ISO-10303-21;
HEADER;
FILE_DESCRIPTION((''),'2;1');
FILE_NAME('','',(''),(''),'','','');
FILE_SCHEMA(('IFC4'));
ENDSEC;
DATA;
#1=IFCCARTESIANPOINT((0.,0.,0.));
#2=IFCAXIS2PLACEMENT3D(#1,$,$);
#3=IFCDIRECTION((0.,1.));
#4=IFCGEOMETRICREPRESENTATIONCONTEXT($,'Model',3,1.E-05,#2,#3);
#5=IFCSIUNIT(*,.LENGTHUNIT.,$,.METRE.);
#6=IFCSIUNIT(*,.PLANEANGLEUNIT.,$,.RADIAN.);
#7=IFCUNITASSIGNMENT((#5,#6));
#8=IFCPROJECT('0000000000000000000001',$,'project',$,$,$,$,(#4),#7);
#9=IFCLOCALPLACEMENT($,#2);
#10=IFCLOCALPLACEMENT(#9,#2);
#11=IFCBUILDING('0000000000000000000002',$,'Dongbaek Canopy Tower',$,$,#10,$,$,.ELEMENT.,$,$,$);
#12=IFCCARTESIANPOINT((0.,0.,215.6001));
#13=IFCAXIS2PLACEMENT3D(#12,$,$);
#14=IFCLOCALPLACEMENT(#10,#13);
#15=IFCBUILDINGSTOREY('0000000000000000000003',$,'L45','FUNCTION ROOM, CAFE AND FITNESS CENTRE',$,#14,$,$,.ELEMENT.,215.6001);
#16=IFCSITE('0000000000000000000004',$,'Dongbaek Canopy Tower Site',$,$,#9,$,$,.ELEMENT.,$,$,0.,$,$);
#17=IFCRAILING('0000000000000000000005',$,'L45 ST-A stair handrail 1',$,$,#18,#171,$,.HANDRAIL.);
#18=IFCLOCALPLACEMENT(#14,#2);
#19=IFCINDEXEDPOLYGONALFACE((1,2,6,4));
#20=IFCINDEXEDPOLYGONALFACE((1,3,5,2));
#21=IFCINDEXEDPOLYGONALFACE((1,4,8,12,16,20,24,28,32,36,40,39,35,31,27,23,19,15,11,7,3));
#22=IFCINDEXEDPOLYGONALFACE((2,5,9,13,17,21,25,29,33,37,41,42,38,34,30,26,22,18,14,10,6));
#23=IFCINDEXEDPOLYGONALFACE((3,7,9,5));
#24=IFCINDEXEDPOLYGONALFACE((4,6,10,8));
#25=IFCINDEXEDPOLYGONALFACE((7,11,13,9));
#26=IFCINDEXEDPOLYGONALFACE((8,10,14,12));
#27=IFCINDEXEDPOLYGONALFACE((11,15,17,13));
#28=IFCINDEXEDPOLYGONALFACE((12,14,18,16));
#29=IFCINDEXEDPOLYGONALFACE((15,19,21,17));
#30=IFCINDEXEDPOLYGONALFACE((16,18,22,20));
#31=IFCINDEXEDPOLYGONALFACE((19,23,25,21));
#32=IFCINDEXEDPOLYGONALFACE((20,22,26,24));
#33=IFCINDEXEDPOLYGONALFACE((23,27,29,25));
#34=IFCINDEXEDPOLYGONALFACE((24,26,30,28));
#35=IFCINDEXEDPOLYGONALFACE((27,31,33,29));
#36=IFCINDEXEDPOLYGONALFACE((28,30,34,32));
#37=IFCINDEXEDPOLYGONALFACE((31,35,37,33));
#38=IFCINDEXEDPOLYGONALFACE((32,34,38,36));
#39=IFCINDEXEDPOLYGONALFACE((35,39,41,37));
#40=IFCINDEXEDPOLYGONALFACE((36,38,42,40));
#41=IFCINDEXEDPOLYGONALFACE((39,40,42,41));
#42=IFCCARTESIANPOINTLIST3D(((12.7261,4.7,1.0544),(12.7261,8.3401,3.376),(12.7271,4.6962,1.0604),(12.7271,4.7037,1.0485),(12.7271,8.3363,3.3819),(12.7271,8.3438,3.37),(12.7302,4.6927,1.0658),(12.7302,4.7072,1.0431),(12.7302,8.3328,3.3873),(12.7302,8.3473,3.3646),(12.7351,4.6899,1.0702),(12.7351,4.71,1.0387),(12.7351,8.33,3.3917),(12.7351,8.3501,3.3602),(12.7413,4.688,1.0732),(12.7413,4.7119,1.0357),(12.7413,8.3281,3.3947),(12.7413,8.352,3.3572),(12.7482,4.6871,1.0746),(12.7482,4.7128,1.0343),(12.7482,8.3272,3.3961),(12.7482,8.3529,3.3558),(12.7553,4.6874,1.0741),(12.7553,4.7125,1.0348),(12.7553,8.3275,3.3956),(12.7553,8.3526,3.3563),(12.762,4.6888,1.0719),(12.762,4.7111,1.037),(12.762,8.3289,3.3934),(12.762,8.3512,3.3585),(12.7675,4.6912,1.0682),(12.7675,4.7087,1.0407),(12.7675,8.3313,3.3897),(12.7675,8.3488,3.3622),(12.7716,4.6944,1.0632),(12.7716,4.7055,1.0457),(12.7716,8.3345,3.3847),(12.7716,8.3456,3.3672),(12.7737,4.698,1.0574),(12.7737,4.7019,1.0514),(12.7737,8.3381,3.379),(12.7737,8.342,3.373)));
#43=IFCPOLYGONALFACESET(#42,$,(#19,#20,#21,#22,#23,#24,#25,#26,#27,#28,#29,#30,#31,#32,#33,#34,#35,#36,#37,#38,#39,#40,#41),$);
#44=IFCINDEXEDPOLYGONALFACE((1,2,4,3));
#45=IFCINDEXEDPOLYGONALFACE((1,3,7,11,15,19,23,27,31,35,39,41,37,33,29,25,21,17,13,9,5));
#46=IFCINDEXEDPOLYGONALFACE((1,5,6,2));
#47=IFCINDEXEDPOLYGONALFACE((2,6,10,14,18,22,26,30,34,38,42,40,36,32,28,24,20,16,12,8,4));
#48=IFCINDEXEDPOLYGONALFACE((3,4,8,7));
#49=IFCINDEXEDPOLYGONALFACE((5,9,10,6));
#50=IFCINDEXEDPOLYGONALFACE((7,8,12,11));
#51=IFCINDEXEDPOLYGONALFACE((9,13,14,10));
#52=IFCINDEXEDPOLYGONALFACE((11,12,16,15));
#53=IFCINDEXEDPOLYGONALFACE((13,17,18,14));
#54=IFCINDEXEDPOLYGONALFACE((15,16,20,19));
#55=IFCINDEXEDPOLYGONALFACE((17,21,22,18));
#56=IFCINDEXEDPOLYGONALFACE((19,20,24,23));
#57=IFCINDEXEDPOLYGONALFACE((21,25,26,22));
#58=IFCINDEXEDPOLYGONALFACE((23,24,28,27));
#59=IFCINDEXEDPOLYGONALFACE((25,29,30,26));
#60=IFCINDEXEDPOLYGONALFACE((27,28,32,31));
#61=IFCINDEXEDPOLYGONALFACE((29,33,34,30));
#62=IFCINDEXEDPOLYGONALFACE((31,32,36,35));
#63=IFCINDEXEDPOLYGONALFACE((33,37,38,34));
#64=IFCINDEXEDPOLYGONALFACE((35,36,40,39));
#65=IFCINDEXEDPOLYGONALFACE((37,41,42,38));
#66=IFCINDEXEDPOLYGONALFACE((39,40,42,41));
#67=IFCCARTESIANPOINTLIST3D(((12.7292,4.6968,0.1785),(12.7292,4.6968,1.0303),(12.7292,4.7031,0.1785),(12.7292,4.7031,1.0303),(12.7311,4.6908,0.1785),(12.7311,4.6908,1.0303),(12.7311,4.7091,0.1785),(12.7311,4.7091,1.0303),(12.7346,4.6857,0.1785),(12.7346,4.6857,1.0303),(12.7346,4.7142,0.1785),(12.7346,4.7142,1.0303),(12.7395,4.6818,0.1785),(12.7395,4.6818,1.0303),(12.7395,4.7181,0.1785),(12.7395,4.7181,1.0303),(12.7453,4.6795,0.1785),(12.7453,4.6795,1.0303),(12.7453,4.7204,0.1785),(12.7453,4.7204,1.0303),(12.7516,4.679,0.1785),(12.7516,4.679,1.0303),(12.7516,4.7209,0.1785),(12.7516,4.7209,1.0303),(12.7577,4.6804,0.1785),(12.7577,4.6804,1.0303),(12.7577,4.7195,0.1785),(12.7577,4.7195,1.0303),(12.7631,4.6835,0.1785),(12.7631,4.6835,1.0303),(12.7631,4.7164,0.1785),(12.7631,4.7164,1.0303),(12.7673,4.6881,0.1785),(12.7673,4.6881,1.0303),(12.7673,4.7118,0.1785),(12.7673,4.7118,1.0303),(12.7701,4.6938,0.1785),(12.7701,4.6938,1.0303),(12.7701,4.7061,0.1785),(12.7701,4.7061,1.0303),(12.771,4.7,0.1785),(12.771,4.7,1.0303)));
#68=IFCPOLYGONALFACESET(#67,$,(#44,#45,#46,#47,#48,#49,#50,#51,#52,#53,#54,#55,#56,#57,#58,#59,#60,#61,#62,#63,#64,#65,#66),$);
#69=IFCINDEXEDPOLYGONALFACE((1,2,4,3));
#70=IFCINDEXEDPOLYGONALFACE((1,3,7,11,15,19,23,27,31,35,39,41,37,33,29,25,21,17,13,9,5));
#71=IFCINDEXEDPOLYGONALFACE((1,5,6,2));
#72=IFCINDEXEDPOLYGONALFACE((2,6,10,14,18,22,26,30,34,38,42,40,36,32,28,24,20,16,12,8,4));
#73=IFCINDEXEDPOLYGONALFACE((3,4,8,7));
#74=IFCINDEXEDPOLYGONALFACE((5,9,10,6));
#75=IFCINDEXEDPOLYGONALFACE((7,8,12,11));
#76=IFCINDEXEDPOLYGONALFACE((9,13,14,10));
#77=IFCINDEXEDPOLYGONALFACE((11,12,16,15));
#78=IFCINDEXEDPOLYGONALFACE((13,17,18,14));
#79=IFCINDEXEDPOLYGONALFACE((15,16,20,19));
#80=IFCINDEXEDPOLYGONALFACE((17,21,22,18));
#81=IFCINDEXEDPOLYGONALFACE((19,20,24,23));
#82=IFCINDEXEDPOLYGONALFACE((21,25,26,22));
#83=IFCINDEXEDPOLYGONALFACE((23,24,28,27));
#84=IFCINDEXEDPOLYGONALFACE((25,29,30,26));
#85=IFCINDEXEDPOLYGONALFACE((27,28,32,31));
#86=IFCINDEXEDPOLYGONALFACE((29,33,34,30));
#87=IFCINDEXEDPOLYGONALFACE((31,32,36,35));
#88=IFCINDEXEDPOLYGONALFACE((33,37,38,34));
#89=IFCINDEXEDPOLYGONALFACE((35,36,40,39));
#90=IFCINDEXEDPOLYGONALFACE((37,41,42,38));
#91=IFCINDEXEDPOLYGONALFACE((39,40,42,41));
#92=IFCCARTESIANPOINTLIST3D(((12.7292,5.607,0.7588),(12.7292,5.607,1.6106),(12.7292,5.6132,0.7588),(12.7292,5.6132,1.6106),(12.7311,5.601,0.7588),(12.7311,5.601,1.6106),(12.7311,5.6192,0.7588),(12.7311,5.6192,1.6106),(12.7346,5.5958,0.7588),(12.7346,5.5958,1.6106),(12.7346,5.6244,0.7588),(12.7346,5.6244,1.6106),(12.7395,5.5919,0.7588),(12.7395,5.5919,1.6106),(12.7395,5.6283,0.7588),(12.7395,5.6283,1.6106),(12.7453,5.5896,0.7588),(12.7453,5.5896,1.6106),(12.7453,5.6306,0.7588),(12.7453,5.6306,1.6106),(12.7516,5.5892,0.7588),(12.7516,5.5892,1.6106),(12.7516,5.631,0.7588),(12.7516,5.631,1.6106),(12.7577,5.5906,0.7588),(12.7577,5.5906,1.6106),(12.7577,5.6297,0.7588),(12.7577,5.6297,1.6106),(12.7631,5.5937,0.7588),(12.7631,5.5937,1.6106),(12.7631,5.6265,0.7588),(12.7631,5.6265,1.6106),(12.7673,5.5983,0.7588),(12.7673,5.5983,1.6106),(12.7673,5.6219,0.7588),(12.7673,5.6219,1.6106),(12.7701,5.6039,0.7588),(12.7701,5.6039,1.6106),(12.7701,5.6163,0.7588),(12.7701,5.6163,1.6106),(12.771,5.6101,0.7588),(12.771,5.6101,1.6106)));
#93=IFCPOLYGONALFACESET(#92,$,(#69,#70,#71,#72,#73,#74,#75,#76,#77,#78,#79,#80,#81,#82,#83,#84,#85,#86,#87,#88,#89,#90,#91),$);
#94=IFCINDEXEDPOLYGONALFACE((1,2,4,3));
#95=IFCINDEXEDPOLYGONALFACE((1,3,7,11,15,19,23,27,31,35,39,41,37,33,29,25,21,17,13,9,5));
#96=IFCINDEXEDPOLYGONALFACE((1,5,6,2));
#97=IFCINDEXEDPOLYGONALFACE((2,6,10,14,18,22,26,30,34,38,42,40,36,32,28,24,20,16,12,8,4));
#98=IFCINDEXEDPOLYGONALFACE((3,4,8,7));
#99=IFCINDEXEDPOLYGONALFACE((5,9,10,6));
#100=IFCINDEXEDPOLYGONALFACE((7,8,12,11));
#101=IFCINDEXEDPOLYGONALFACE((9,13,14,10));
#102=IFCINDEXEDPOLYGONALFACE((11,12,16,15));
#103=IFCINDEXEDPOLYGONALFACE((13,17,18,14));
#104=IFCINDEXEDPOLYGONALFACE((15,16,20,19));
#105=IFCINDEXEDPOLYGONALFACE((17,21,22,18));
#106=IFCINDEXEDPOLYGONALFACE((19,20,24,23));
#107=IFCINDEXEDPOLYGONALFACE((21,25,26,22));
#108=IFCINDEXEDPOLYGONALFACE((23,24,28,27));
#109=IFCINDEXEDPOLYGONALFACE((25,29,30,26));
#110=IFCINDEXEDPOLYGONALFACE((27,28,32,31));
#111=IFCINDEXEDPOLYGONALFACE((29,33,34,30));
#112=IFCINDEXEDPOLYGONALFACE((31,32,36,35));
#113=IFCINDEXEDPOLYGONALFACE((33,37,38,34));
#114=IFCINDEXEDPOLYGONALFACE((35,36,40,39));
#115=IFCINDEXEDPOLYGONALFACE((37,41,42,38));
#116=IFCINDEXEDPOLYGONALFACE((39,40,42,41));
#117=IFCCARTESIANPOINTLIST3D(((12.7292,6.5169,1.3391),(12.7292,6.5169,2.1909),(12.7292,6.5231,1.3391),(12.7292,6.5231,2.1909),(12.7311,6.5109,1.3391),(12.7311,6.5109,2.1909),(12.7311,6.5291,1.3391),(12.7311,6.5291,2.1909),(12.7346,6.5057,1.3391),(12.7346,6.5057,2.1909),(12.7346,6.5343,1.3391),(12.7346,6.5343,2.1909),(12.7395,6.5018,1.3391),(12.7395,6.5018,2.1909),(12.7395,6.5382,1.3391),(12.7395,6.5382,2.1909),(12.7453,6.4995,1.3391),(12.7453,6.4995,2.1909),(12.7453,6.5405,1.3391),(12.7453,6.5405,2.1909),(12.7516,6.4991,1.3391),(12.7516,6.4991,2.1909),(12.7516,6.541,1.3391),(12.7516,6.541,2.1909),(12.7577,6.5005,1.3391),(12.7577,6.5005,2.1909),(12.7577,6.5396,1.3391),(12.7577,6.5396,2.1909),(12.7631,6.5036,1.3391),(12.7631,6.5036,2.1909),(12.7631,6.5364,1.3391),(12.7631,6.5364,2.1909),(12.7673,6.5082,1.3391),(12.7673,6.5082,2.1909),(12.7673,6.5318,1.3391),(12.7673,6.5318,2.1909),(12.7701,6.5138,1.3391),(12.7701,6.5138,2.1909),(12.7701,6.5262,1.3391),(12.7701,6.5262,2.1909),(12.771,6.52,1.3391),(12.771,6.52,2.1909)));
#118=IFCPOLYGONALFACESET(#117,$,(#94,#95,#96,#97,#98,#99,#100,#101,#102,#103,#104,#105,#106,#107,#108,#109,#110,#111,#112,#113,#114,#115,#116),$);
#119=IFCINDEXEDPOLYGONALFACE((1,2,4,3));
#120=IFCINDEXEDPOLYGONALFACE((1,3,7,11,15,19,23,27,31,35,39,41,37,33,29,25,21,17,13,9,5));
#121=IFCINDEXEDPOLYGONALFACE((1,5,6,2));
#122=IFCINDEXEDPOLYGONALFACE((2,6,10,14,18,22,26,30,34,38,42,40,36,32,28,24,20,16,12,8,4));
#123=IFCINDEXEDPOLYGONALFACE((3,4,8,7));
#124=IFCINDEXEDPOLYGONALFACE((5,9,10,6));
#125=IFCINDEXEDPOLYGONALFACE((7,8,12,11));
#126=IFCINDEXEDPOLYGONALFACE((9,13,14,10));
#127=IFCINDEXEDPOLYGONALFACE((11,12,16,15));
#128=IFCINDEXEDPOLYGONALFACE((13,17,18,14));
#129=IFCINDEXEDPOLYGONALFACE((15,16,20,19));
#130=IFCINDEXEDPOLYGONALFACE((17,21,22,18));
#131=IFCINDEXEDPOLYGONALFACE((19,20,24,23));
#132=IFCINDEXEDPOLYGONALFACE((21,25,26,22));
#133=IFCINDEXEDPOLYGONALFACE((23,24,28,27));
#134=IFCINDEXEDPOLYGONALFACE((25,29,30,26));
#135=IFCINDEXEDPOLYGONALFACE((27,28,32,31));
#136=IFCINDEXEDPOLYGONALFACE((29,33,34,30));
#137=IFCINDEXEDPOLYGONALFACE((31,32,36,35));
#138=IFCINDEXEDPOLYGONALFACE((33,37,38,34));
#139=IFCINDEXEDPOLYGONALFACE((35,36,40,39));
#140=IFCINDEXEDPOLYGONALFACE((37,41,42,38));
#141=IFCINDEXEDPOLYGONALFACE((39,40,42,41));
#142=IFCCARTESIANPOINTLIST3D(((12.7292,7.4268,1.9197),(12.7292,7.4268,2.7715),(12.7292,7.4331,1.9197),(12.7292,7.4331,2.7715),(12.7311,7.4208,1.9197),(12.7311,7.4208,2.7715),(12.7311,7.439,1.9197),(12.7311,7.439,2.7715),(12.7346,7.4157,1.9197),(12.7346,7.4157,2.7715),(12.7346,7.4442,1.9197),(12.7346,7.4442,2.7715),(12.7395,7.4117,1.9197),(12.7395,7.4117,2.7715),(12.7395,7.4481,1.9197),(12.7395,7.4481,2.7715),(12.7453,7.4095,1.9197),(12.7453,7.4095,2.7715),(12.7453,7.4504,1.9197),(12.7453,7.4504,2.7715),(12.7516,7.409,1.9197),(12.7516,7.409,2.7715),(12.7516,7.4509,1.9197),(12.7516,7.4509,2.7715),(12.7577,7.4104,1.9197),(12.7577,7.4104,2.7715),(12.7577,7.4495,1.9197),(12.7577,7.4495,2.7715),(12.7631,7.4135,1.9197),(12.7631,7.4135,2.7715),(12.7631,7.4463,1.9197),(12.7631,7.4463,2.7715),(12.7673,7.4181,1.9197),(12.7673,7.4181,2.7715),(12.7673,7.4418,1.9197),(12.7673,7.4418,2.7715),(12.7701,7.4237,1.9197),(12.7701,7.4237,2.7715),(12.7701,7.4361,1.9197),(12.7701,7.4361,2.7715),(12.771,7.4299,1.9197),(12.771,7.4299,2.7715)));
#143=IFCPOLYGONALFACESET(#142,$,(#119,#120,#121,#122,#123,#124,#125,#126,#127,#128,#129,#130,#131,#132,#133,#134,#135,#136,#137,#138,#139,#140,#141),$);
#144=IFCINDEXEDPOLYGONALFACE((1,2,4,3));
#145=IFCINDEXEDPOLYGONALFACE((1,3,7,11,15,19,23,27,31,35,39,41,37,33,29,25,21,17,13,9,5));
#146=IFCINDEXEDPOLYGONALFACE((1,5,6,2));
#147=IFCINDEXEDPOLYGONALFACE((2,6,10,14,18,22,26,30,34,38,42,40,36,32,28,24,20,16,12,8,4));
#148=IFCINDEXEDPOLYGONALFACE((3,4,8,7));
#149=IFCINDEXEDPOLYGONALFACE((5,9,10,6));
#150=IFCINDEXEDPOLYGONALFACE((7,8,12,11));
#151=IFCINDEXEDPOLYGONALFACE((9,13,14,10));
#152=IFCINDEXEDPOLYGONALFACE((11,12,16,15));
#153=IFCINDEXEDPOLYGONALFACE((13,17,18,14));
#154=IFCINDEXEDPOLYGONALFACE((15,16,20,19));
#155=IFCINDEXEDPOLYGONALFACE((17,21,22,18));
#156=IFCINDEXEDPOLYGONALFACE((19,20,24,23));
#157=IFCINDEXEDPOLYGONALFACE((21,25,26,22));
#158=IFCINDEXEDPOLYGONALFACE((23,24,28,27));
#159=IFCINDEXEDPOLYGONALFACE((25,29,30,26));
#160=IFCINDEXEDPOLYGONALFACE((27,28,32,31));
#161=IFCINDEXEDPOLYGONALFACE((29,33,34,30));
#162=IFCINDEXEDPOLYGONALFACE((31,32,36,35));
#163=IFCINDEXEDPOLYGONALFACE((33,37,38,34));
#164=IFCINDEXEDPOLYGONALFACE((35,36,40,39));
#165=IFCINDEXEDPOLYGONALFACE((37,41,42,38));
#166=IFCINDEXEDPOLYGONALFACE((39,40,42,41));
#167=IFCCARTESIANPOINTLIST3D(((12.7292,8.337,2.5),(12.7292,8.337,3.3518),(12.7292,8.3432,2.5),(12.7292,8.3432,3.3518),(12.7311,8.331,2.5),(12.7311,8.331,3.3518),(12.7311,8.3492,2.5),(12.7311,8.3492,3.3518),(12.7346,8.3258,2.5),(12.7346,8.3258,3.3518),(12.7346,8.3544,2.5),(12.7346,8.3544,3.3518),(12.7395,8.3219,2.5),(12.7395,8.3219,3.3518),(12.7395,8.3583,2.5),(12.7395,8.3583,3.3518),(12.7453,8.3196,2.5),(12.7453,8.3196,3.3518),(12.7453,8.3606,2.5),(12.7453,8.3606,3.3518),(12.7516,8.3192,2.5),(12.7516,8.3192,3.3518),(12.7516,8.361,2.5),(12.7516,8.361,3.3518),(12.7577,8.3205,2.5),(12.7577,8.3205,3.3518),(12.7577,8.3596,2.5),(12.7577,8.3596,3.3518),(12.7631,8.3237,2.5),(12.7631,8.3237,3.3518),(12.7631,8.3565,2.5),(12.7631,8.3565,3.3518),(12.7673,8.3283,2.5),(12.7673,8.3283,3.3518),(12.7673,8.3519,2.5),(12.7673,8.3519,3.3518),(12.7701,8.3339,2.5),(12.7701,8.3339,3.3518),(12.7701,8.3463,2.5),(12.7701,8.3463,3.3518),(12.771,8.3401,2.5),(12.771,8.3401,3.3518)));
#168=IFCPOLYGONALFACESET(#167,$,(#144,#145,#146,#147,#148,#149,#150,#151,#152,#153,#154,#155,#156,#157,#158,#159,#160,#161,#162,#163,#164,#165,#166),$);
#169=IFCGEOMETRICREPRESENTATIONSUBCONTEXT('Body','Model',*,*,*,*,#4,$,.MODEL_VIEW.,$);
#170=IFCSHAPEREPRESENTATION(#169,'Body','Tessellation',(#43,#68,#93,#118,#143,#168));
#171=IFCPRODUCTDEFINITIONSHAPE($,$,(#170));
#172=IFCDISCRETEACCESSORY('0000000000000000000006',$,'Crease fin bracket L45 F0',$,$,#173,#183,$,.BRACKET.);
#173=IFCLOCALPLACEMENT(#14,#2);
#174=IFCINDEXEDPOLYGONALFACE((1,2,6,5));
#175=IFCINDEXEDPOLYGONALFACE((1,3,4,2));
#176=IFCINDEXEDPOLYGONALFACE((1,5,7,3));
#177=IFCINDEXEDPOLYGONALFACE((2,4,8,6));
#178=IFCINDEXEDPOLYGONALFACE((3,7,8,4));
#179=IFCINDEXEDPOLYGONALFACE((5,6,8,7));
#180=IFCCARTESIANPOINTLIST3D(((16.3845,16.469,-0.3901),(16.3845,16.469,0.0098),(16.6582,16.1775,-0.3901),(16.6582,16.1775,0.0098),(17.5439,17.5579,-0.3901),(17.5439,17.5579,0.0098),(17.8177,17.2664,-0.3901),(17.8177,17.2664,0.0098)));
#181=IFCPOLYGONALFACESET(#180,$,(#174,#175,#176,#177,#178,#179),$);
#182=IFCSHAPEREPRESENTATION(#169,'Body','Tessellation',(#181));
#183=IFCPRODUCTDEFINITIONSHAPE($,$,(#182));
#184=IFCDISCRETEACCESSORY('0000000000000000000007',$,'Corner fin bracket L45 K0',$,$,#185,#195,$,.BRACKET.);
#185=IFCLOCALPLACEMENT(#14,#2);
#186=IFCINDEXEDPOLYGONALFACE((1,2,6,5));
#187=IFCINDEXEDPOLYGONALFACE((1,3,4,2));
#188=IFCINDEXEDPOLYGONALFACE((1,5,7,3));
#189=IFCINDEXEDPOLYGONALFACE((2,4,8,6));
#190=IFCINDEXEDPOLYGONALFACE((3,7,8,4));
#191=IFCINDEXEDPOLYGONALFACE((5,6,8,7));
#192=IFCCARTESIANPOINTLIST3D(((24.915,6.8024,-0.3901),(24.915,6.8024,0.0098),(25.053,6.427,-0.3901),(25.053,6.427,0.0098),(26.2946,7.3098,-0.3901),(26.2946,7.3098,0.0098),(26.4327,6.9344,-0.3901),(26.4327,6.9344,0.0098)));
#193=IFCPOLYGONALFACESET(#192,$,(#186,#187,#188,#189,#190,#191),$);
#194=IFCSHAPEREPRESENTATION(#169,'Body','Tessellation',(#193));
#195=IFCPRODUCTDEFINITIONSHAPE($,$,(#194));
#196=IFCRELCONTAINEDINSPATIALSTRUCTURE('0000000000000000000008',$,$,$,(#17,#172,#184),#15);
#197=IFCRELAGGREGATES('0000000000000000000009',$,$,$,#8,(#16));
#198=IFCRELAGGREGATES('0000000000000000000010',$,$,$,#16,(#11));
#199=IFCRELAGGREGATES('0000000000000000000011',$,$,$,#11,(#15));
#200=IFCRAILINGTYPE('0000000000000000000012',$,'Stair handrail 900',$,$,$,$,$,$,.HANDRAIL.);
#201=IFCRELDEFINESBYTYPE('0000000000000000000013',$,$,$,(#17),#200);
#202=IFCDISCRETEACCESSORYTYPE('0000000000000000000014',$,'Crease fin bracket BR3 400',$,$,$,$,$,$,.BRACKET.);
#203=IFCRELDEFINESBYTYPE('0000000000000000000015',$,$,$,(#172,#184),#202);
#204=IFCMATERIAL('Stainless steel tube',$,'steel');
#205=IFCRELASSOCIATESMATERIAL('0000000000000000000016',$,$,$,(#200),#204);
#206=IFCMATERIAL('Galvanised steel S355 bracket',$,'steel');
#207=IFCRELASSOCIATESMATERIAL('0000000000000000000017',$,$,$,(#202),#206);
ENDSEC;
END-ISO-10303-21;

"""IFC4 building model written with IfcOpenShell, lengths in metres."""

from ifc_helpers import new_model, si_unit, direction, frame, origin, origin_2d, place, context, subcontext, project, spatial, rectangle, circle, extrude, material, type_object, element, save


model = new_model("IFC4")

# Units and contexts
model_context = context("Model", 3, precision=1e-05, world=origin(), true_north=direction((0.0, 1.0)))
body_context = subcontext(model_context, "Body", "Model", "MODEL_VIEW")
ifc_project = project(units=[si_unit("LENGTHUNIT", "METRE"), si_unit("PLANEANGLEUNIT", "RADIAN")], contexts=[model_context])

# Site, building, storey
site_placement = place(None, origin())
site = spatial("IfcSite", under=ifc_project, at=site_placement, Name="Dongbaek Canopy Tower Site", CompositionType="ELEMENT", RefElevation=0.0)
building_placement = place(site_placement, origin())
building = spatial("IfcBuilding", under=site, at=building_placement, Name="Dongbaek Canopy Tower", CompositionType="ELEMENT")
storey_placement = place(building_placement, frame((0.0, 0.0, 215.6001)))
storey = spatial("IfcBuildingStorey", under=building, at=storey_placement, Name="L45", Description="FUNCTION ROOM, CAFE AND FITNESS CENTRE", CompositionType="ELEMENT", Elevation=215.6001)

# Railing
ifc_material_1 = material(Name="Stainless steel tube", Category="steel")
railing_type = type_object("IfcRailingType", Name="Stair handrail 900", PredefinedType="HANDRAIL", material=ifc_material_1)
railing_placement = place(storey_placement, frame((12.75, 4.7, 0.1785)))
element("IfcRailing", 1, at=railing_placement, inside=storey, type_object=railing_type, Name="L45 ST-A stair handrail 1", PredefinedType="HANDRAIL", context=body_context, shape_type="SweptSolid", body=[
    extrude(circle(Radius=0.0239, at=origin_2d()), frame((0.0, 0.0, 0.876), z_axis=(0.0, 0.843128, 0.537713), x_axis=(-1.0, 0.0, 0.0)), (0.0, 0.0, 1.0), 4.3174),
    extrude(circle(Radius=0.021, at=origin_2d()), origin(), (0.0, 0.0, 1.0), 0.8518),
    extrude(circle(Radius=0.021, at=origin_2d()), frame((0.0, 0.9102, 0.5803)), (0.0, 0.0, 1.0), 0.8518),
    extrude(circle(Radius=0.021, at=origin_2d()), frame((0.0, 1.8201, 1.1606)), (0.0, 0.0, 1.0), 0.8518),
    extrude(circle(Radius=0.021, at=origin_2d()), frame((0.0, 2.73, 1.7412)), (0.0, 0.0, 1.0), 0.8518),
    extrude(circle(Radius=0.021, at=origin_2d()), frame((0.0, 3.6401, 2.3215)), (0.0, 0.0, 1.0), 0.8518),
])

# Discrete accessories
ifc_material_2 = material(Name="Galvanised steel S355 bracket", Category="steel")
discrete_accessory_type = type_object("IfcDiscreteAccessoryType", Name="Crease fin bracket BR3 400", PredefinedType="BRACKET", material=ifc_material_2)
discrete_accessory_1_placement = place(storey_placement, frame((17.1011, 16.8677, -0.3901), z_axis=(0.0, 0.0, 1.0), x_axis=(0.728941, 0.684576, 0.0)))
element("IfcDiscreteAccessory", 2, at=discrete_accessory_1_placement, inside=storey, type_object=discrete_accessory_type, Name="Crease fin bracket L45 F0", PredefinedType="BRACKET", context=body_context, shape_type="SweptSolid", body=[
    extrude(rectangle(XDim=1.5906, YDim=0.3999, at=origin_2d()), origin(), (0.0, 0.0, 1.0), 0.3999),
])
discrete_accessory_2_placement = place(storey_placement, frame((25.6738, 6.8684, -0.3901), z_axis=(0.0, 0.0, 1.0), x_axis=(0.938536, 0.34518, 0.0)))
element("IfcDiscreteAccessory", 3, at=discrete_accessory_2_placement, inside=storey, type_object=discrete_accessory_type, Name="Corner fin bracket L45 K0", PredefinedType="BRACKET", context=body_context, shape_type="SweptSolid", body=[
    extrude(rectangle(XDim=1.47, YDim=0.3999, at=origin_2d()), origin(), (0.0, 0.0, 1.0), 0.3999),
])

save(model, "model.ifc")
